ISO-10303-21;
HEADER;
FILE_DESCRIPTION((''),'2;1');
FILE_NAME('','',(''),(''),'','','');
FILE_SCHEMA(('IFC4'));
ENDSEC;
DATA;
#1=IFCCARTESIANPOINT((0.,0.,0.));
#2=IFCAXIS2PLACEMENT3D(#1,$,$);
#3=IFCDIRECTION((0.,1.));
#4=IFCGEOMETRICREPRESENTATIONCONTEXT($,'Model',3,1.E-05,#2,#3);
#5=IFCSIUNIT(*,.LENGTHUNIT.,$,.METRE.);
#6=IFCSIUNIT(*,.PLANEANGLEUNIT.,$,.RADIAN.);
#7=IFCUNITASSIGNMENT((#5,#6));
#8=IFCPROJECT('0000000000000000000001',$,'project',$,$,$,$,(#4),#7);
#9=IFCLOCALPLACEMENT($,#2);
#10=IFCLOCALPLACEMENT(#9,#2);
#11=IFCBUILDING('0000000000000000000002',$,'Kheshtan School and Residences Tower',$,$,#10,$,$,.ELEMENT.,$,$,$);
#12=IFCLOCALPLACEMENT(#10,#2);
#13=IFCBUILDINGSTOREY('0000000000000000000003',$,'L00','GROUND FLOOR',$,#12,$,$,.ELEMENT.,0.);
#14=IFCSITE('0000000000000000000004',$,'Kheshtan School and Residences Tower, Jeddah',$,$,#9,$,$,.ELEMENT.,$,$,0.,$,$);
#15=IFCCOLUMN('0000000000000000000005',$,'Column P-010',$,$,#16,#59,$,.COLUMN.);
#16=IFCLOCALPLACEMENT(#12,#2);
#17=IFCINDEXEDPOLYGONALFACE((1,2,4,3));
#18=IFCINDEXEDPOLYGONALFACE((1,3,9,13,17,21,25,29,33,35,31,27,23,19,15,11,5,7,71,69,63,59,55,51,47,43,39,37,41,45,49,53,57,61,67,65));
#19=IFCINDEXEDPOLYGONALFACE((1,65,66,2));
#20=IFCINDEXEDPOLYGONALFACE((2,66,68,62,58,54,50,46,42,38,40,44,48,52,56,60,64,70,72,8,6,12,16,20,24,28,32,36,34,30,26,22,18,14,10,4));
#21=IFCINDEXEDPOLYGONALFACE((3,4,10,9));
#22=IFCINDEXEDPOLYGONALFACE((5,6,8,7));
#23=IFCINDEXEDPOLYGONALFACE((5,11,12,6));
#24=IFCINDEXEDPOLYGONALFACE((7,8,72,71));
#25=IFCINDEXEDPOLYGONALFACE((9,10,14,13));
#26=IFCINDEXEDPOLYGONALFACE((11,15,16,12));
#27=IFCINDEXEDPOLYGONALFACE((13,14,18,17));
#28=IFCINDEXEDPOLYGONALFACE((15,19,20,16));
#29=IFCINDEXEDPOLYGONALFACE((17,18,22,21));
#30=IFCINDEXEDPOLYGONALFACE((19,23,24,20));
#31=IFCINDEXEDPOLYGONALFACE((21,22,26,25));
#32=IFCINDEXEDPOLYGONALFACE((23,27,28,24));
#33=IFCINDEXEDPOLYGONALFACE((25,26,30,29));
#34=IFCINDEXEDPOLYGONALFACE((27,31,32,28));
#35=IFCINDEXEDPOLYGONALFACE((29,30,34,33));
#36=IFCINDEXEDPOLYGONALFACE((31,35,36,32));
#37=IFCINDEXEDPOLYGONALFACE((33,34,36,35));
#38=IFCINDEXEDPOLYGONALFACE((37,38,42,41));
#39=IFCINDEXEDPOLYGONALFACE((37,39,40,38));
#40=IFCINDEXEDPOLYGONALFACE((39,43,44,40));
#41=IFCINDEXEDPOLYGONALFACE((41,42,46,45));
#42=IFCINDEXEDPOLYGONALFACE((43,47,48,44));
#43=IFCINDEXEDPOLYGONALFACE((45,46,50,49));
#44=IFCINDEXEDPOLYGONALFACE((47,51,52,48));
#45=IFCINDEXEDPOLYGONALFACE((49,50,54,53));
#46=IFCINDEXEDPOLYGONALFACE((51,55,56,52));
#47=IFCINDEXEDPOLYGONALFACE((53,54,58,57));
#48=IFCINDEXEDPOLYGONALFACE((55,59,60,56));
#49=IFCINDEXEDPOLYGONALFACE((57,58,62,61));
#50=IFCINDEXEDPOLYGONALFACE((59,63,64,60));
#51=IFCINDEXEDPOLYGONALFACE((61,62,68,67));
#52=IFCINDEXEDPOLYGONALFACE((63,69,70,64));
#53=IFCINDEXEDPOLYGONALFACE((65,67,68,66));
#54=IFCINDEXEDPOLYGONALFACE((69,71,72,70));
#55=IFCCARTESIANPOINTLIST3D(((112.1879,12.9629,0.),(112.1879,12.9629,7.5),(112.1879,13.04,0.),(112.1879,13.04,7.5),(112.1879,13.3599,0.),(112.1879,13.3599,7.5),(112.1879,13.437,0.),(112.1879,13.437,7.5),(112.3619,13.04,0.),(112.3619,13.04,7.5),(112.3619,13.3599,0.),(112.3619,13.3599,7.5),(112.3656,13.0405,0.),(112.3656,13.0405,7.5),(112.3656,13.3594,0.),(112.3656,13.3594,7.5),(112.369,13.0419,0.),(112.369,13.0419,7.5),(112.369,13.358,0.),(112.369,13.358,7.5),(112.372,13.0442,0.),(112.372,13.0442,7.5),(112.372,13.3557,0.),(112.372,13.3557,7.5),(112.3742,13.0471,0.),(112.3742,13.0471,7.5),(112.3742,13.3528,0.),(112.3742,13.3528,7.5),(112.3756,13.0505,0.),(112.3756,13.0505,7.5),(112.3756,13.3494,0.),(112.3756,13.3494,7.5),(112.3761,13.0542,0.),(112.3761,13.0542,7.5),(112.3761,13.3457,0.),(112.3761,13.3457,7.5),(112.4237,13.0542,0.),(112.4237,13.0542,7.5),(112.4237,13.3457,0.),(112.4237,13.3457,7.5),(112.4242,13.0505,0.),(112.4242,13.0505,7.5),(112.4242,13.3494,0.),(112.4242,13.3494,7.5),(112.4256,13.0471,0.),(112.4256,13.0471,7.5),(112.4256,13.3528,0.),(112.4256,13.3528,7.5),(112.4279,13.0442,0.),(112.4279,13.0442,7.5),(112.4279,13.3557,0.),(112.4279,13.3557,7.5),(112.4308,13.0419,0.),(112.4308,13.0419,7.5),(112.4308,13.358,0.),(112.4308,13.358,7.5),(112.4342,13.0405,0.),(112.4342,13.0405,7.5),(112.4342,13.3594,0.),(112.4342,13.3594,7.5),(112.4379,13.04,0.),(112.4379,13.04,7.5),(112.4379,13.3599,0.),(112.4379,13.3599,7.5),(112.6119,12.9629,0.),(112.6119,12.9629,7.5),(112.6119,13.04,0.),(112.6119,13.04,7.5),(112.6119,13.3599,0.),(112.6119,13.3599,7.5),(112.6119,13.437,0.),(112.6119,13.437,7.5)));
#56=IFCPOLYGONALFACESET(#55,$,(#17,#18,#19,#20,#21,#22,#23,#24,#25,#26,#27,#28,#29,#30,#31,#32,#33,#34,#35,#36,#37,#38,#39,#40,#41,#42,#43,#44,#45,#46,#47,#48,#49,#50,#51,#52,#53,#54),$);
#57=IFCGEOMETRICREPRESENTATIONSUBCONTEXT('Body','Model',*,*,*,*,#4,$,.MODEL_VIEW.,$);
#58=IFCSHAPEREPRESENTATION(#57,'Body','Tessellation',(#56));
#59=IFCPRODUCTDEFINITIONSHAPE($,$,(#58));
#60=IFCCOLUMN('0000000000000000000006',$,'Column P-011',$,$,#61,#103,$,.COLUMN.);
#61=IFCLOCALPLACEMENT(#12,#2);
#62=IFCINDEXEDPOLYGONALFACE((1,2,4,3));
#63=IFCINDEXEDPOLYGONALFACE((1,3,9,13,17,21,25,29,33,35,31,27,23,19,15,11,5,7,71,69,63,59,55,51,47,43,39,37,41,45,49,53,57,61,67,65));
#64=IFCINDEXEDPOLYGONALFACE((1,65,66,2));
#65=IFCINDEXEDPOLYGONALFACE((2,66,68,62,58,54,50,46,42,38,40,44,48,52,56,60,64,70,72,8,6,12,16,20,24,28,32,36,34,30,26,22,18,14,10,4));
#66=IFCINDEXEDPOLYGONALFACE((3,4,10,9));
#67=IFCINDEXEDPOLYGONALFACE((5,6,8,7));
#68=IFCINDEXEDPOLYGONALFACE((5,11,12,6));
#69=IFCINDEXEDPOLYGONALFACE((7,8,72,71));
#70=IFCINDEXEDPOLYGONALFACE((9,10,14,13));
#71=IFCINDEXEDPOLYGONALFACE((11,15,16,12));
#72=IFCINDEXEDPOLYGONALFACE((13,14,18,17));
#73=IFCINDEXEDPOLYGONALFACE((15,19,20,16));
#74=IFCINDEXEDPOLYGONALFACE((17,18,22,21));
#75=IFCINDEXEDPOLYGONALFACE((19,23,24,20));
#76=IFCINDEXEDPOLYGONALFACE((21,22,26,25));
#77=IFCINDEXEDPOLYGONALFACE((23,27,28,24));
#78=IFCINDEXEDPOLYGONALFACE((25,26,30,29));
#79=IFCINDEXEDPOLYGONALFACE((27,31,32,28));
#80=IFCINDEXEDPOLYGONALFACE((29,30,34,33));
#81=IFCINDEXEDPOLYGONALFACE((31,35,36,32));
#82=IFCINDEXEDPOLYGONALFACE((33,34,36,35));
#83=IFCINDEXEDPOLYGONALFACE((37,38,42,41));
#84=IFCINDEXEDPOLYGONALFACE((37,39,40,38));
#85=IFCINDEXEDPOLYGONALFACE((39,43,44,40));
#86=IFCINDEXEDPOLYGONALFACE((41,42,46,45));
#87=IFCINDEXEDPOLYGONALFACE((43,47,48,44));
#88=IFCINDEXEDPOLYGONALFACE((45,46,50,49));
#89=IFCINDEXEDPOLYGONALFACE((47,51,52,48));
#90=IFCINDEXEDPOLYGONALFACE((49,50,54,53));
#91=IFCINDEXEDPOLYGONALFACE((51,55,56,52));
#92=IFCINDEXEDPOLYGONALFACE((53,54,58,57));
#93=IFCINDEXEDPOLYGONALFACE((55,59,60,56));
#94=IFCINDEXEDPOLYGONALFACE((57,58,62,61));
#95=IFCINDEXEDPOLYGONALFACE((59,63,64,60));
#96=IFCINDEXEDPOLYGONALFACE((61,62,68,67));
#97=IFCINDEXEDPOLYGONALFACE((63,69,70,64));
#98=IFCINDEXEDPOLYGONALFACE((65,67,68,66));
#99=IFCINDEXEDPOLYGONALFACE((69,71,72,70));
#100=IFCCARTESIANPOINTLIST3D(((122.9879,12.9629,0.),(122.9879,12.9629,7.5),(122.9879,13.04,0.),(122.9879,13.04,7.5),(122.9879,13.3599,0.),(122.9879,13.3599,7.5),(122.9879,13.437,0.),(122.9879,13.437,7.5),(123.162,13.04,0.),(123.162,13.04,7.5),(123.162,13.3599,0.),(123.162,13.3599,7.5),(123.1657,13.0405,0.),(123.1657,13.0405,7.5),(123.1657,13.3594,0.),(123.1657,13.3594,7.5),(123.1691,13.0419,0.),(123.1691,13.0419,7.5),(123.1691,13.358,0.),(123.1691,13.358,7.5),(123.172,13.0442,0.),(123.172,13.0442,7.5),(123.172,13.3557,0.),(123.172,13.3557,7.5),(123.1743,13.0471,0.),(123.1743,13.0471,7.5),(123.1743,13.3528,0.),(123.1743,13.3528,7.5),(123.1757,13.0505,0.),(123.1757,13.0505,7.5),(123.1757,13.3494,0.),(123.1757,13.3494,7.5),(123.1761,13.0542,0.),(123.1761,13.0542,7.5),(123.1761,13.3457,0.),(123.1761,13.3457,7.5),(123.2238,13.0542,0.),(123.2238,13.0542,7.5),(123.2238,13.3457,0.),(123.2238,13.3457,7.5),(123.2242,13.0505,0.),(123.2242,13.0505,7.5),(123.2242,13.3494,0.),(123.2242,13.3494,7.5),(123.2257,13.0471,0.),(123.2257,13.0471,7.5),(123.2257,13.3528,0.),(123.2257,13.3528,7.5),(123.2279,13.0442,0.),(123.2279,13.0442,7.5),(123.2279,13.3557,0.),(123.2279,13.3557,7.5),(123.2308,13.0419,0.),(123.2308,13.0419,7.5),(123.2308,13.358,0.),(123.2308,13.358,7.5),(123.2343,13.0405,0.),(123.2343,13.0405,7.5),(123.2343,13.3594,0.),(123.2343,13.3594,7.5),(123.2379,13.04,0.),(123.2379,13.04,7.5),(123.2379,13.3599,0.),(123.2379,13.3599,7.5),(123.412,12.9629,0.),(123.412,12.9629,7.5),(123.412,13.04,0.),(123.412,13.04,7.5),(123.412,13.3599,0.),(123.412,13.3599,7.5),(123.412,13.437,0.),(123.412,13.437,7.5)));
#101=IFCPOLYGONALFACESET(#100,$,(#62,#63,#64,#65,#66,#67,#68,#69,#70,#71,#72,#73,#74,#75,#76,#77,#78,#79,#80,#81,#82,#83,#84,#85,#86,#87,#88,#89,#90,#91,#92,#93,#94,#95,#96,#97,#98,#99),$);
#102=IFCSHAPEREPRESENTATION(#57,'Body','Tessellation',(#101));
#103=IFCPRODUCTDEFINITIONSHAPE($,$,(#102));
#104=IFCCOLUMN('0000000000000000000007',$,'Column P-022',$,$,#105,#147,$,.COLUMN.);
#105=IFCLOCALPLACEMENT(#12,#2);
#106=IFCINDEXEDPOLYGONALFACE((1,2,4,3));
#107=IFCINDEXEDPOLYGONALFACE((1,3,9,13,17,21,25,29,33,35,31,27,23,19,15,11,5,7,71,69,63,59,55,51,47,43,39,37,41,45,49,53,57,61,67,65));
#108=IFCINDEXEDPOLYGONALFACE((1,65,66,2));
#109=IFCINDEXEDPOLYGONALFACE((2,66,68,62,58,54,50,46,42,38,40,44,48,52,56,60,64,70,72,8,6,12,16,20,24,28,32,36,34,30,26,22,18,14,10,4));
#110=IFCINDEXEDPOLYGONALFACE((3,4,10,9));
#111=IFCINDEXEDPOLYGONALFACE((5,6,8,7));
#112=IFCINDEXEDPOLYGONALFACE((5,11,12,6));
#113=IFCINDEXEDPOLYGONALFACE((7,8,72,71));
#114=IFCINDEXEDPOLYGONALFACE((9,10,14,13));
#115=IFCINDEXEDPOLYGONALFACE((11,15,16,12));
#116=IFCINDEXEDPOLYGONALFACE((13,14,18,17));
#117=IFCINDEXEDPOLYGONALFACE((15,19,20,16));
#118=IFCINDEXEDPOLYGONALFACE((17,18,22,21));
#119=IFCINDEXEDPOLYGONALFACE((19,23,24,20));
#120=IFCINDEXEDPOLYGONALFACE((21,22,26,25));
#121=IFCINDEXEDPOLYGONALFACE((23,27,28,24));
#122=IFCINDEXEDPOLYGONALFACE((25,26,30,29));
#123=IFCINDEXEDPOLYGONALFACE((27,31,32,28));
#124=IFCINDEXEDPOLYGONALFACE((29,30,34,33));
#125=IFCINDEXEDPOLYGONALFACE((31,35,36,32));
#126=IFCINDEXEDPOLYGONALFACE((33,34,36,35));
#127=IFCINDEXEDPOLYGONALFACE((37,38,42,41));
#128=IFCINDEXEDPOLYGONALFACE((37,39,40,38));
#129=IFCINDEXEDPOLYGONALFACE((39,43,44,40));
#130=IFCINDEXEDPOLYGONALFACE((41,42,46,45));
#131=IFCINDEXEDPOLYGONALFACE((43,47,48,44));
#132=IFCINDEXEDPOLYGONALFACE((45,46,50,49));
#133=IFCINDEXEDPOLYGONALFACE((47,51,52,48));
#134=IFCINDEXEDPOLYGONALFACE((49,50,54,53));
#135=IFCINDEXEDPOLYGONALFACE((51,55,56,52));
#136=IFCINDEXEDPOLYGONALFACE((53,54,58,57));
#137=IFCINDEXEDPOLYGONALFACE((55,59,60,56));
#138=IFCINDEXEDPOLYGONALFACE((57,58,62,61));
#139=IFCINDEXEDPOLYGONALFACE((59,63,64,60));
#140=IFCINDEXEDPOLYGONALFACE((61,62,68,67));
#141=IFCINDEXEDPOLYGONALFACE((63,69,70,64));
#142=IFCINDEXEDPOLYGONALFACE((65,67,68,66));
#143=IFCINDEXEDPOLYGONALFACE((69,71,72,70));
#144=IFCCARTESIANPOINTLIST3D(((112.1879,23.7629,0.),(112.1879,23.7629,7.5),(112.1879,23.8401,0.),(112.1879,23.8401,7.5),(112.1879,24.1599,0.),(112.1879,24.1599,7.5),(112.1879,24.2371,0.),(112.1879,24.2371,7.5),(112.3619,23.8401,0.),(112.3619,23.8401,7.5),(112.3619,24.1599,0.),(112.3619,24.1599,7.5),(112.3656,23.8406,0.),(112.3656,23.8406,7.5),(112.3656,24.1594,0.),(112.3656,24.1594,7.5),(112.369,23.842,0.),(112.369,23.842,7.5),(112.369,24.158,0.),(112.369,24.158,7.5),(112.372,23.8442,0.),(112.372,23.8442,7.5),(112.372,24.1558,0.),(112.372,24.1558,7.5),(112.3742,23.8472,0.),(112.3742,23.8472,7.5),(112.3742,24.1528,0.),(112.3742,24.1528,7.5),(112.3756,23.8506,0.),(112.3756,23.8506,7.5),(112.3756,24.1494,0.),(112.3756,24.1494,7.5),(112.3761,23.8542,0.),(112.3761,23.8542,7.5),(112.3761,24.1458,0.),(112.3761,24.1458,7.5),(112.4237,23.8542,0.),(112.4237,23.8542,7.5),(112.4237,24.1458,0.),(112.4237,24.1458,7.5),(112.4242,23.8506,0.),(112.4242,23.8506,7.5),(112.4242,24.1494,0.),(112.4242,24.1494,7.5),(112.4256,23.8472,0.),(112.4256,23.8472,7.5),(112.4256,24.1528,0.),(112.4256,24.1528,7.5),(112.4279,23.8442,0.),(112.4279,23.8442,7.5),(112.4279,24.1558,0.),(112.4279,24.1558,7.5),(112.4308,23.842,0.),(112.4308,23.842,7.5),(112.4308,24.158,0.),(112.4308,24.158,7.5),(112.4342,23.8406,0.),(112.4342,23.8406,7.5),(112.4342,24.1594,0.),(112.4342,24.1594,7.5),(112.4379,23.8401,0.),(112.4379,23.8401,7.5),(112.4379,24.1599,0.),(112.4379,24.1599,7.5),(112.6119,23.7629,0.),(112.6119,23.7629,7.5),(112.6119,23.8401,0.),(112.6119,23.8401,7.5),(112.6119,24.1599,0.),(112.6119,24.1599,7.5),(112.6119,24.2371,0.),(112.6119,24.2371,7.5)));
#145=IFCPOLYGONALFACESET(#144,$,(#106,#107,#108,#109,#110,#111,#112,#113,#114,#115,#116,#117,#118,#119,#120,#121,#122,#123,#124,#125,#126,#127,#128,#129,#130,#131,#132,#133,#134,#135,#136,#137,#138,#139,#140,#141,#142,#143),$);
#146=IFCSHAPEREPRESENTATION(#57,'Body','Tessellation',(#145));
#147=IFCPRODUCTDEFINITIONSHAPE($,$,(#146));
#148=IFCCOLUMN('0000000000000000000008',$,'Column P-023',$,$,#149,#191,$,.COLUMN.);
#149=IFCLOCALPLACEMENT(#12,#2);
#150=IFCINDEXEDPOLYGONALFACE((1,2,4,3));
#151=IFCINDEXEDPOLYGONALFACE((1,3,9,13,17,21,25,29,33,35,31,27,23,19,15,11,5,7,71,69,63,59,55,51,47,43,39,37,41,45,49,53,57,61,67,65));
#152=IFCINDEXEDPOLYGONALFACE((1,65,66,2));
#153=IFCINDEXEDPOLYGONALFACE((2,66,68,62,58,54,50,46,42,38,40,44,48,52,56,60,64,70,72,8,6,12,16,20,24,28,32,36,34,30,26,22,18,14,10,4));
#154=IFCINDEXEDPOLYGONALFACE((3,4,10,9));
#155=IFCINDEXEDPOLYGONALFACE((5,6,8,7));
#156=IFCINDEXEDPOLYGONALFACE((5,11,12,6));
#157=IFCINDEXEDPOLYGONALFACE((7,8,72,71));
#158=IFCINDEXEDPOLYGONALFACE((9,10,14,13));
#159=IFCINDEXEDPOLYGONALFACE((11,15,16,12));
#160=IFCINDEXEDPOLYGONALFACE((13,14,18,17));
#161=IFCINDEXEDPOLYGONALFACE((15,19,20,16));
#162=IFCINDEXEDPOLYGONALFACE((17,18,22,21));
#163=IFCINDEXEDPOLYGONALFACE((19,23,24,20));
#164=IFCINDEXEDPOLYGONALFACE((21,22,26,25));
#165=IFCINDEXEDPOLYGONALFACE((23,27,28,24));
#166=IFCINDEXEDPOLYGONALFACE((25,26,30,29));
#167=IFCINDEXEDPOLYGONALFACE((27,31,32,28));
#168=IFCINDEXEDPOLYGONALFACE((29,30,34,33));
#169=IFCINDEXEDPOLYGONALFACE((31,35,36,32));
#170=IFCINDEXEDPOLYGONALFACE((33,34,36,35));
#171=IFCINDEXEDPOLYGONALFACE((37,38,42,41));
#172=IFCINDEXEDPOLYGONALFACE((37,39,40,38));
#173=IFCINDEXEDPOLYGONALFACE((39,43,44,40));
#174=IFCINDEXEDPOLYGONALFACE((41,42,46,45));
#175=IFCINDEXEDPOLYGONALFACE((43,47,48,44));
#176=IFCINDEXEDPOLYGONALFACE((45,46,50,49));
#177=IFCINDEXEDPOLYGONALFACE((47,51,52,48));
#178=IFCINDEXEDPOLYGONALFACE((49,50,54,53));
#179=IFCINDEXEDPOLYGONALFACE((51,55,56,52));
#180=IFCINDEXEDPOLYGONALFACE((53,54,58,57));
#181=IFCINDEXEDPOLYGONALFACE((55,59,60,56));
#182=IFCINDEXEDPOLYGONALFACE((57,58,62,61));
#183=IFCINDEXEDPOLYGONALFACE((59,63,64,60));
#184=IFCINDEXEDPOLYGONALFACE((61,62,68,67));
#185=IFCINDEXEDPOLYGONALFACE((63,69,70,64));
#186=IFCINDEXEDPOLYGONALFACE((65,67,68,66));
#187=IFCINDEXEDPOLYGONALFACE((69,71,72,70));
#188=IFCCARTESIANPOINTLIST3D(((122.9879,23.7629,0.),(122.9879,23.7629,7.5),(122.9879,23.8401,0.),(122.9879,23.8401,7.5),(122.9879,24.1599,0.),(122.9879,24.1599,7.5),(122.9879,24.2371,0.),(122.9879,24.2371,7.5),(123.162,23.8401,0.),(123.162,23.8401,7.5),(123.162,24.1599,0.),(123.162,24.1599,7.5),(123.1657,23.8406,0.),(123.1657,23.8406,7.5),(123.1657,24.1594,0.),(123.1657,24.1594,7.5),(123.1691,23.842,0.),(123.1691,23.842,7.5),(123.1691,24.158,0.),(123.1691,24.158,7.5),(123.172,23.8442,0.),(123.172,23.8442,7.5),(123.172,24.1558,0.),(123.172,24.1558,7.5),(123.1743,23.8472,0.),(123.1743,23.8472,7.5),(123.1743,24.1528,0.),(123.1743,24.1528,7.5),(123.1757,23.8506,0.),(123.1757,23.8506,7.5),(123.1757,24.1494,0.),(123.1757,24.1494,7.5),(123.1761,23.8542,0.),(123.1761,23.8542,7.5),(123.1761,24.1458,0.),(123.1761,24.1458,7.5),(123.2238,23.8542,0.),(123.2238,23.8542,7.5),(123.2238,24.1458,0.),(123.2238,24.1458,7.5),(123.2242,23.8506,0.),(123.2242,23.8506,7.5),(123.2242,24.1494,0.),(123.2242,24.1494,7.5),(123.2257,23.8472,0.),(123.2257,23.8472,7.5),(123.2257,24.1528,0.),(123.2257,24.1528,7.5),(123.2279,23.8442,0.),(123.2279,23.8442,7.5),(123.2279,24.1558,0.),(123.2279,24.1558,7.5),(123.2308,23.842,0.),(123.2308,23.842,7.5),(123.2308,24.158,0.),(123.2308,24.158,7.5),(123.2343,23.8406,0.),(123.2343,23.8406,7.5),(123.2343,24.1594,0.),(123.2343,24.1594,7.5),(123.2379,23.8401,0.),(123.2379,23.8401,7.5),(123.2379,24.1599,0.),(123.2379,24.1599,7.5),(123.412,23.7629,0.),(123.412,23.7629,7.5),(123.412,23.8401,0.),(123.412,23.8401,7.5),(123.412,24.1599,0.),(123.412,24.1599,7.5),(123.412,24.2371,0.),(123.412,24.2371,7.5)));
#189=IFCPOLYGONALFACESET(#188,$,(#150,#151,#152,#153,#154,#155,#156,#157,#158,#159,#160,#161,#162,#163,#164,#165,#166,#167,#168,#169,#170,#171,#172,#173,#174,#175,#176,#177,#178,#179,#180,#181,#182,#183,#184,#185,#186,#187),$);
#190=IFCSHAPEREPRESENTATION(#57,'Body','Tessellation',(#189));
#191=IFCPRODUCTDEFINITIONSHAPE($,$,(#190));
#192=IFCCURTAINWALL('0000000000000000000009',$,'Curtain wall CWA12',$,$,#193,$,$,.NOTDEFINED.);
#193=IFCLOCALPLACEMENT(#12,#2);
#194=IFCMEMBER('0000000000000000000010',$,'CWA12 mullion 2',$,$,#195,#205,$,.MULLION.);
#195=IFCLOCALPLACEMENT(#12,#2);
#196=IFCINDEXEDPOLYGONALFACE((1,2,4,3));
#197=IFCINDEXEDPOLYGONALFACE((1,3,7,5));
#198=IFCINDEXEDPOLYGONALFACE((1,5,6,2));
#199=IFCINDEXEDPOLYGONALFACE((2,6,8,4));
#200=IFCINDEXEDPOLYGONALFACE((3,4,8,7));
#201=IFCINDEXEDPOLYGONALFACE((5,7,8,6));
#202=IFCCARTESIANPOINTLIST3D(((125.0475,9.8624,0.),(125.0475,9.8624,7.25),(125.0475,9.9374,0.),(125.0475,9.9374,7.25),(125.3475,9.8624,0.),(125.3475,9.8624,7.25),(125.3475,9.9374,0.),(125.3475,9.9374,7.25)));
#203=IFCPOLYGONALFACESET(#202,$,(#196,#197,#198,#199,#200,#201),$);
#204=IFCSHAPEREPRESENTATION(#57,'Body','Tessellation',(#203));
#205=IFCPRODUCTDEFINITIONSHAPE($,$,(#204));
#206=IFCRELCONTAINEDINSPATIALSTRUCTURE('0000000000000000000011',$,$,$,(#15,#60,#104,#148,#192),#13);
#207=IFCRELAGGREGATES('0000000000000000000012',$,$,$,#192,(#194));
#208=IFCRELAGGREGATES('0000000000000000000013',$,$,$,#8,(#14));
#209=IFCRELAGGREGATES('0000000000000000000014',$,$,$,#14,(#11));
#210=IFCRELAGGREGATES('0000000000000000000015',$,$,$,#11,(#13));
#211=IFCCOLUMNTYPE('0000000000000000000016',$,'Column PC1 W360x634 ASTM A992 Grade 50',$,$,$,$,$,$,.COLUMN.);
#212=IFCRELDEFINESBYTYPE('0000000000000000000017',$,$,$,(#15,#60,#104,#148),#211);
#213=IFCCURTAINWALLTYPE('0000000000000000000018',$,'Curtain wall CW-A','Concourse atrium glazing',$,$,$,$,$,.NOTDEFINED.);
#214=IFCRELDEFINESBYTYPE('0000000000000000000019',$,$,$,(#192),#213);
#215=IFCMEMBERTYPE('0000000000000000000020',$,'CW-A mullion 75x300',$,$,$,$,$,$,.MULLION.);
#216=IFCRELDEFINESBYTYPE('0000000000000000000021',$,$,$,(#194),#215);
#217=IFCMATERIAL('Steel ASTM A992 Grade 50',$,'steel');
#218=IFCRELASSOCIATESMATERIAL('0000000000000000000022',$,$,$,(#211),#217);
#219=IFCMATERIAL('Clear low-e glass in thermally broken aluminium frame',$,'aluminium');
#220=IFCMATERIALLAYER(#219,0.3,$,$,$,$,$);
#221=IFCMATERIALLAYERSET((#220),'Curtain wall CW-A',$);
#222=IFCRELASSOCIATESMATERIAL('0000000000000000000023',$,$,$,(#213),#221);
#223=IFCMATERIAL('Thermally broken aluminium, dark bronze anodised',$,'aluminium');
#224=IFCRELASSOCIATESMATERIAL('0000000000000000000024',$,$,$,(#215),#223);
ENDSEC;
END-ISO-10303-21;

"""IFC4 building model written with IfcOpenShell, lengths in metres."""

from ifc_helpers import new_model, si_unit, direction, frame, origin, origin_2d, place, context, subcontext, project, spatial, rectangle, i_section, extrude, material, layer, layer_set, material_profile, profile_set, type_object, element, aggregate, save


model = new_model("IFC4")

# Units and contexts
model_context = context("Model", 3, precision=1e-05, world=origin(), true_north=direction((0.0, 1.0)))
body_context = subcontext(model_context, "Body", "Model", "MODEL_VIEW")
ifc_project = project(units=[si_unit("LENGTHUNIT", "METRE"), si_unit("PLANEANGLEUNIT", "RADIAN")], contexts=[model_context])

# Site, building, storey
site_placement = place(None, origin())
site = spatial("IfcSite", under=ifc_project, at=site_placement, Name="Kheshtan School and Residences Tower, Jeddah", CompositionType="ELEMENT", RefElevation=0.0)
building_placement = place(site_placement, origin())
building = spatial("IfcBuilding", under=site, at=building_placement, Name="Kheshtan School and Residences Tower", CompositionType="ELEMENT")
storey_placement = place(building_placement, origin())
storey = spatial("IfcBuildingStorey", under=building, at=storey_placement, Name="L00", Description="GROUND FLOOR", CompositionType="ELEMENT", Elevation=0.0)

# Columns
ifc_material_1 = material(Name="Steel ASTM A992 Grade 50", Category="steel")
ifc_material_profile_1 = material_profile(ifc_material_1, i_section(OverallWidth=0.4241, OverallDepth=0.4741, WebThickness=0.0476, FlangeThickness=0.0771, FilletRadius=0.0142, at=origin_2d()), Name="W360x634")
ifc_profile_set_1 = profile_set([ifc_material_profile_1], Name="Steel ASTM A992 Grade 50")
column_type = type_object("IfcColumnType", Name="Column PC1 W360x634 ASTM A992 Grade 50", PredefinedType="COLUMN", material=ifc_profile_set_1)
for number, where, z_axis, x_axis, name in (
    (1, (112.3999, 13.2, 0.0), (0.0, 0.0, 1.0), (1.0, 0.0, 0.0), "Column P-010"),
    (2, (123.2, 13.2, 0.0), (0.0, 0.0, 1.0), (1.0, 0.0, 0.0), "Column P-011"),
    (3, (112.3999, 24.0, 0.0), (0.0, 0.0, 1.0), (1.0, 0.0, 0.0), "Column P-022"),
    (4, (123.2, 24.0, 0.0), (0.0, 0.0, 1.0), (1.0, 0.0, 0.0), "Column P-023"),
):
    element("IfcColumn", number, at=place(storey_placement, frame(where, z_axis=z_axis, x_axis=x_axis)), inside=storey, type_object=column_type, Name=name, PredefinedType="COLUMN", context=body_context, shape_type="SweptSolid", body=[
        extrude(i_section(OverallWidth=0.4241, OverallDepth=0.4741, WebThickness=0.0476, FlangeThickness=0.0771, FilletRadius=0.0142, at=origin_2d()), origin(), (0.0, 0.0, 1.0), 7.5),
    ])

# Curtain wall, member
ifc_material_2 = material(Name="Clear low-e glass in thermally broken aluminium frame", Category="aluminium")
ifc_layer_1 = layer(ifc_material_2, 0.3)
ifc_layer_set_1 = layer_set([ifc_layer_1], Name="Curtain wall CW-A")
curtain_wall_type = type_object("IfcCurtainWallType", Name="Curtain wall CW-A", Description="Concourse atrium glazing", PredefinedType="NOTDEFINED", material=ifc_layer_set_1)
curtain_wall_1_placement = place(storey_placement, origin())
curtain_wall_1 = element("IfcCurtainWall", 5, at=curtain_wall_1_placement, inside=storey, type_object=curtain_wall_type, Name="Curtain wall CWA12", PredefinedType="NOTDEFINED")
ifc_material_3 = material(Name="Thermally broken aluminium, dark bronze anodised", Category="aluminium")
ifc_material_profile_2 = material_profile(ifc_material_3, rectangle(XDim=0.075, YDim=0.3, at=origin_2d()), Name="CW-A mullion 75x300")
ifc_profile_set_2 = profile_set([ifc_material_profile_2], Name="Thermally broken aluminium, dark bronze anodised")
member_type_1 = type_object("IfcMemberType", Name="CW-A mullion 75x300", PredefinedType="MULLION", material=ifc_profile_set_2)
member_1_placement = place(storey_placement, frame((125.1975, 9.8999, 0.0), z_axis=(0.0, 0.0, 1.0), x_axis=(0.0, -1.0, 0.0)))
member_1 = element("IfcMember", 6, at=member_1_placement, type_object=member_type_1, Name="CWA12 mullion 2", PredefinedType="MULLION", context=body_context, shape_type="SweptSolid", body=[
    extrude(rectangle(XDim=0.075, YDim=0.3, at=origin_2d()), origin(), (0.0, 0.0, 1.0), 7.25),
])
aggregate(curtain_wall_1, [member_1])

save(model, "model.ifc")
